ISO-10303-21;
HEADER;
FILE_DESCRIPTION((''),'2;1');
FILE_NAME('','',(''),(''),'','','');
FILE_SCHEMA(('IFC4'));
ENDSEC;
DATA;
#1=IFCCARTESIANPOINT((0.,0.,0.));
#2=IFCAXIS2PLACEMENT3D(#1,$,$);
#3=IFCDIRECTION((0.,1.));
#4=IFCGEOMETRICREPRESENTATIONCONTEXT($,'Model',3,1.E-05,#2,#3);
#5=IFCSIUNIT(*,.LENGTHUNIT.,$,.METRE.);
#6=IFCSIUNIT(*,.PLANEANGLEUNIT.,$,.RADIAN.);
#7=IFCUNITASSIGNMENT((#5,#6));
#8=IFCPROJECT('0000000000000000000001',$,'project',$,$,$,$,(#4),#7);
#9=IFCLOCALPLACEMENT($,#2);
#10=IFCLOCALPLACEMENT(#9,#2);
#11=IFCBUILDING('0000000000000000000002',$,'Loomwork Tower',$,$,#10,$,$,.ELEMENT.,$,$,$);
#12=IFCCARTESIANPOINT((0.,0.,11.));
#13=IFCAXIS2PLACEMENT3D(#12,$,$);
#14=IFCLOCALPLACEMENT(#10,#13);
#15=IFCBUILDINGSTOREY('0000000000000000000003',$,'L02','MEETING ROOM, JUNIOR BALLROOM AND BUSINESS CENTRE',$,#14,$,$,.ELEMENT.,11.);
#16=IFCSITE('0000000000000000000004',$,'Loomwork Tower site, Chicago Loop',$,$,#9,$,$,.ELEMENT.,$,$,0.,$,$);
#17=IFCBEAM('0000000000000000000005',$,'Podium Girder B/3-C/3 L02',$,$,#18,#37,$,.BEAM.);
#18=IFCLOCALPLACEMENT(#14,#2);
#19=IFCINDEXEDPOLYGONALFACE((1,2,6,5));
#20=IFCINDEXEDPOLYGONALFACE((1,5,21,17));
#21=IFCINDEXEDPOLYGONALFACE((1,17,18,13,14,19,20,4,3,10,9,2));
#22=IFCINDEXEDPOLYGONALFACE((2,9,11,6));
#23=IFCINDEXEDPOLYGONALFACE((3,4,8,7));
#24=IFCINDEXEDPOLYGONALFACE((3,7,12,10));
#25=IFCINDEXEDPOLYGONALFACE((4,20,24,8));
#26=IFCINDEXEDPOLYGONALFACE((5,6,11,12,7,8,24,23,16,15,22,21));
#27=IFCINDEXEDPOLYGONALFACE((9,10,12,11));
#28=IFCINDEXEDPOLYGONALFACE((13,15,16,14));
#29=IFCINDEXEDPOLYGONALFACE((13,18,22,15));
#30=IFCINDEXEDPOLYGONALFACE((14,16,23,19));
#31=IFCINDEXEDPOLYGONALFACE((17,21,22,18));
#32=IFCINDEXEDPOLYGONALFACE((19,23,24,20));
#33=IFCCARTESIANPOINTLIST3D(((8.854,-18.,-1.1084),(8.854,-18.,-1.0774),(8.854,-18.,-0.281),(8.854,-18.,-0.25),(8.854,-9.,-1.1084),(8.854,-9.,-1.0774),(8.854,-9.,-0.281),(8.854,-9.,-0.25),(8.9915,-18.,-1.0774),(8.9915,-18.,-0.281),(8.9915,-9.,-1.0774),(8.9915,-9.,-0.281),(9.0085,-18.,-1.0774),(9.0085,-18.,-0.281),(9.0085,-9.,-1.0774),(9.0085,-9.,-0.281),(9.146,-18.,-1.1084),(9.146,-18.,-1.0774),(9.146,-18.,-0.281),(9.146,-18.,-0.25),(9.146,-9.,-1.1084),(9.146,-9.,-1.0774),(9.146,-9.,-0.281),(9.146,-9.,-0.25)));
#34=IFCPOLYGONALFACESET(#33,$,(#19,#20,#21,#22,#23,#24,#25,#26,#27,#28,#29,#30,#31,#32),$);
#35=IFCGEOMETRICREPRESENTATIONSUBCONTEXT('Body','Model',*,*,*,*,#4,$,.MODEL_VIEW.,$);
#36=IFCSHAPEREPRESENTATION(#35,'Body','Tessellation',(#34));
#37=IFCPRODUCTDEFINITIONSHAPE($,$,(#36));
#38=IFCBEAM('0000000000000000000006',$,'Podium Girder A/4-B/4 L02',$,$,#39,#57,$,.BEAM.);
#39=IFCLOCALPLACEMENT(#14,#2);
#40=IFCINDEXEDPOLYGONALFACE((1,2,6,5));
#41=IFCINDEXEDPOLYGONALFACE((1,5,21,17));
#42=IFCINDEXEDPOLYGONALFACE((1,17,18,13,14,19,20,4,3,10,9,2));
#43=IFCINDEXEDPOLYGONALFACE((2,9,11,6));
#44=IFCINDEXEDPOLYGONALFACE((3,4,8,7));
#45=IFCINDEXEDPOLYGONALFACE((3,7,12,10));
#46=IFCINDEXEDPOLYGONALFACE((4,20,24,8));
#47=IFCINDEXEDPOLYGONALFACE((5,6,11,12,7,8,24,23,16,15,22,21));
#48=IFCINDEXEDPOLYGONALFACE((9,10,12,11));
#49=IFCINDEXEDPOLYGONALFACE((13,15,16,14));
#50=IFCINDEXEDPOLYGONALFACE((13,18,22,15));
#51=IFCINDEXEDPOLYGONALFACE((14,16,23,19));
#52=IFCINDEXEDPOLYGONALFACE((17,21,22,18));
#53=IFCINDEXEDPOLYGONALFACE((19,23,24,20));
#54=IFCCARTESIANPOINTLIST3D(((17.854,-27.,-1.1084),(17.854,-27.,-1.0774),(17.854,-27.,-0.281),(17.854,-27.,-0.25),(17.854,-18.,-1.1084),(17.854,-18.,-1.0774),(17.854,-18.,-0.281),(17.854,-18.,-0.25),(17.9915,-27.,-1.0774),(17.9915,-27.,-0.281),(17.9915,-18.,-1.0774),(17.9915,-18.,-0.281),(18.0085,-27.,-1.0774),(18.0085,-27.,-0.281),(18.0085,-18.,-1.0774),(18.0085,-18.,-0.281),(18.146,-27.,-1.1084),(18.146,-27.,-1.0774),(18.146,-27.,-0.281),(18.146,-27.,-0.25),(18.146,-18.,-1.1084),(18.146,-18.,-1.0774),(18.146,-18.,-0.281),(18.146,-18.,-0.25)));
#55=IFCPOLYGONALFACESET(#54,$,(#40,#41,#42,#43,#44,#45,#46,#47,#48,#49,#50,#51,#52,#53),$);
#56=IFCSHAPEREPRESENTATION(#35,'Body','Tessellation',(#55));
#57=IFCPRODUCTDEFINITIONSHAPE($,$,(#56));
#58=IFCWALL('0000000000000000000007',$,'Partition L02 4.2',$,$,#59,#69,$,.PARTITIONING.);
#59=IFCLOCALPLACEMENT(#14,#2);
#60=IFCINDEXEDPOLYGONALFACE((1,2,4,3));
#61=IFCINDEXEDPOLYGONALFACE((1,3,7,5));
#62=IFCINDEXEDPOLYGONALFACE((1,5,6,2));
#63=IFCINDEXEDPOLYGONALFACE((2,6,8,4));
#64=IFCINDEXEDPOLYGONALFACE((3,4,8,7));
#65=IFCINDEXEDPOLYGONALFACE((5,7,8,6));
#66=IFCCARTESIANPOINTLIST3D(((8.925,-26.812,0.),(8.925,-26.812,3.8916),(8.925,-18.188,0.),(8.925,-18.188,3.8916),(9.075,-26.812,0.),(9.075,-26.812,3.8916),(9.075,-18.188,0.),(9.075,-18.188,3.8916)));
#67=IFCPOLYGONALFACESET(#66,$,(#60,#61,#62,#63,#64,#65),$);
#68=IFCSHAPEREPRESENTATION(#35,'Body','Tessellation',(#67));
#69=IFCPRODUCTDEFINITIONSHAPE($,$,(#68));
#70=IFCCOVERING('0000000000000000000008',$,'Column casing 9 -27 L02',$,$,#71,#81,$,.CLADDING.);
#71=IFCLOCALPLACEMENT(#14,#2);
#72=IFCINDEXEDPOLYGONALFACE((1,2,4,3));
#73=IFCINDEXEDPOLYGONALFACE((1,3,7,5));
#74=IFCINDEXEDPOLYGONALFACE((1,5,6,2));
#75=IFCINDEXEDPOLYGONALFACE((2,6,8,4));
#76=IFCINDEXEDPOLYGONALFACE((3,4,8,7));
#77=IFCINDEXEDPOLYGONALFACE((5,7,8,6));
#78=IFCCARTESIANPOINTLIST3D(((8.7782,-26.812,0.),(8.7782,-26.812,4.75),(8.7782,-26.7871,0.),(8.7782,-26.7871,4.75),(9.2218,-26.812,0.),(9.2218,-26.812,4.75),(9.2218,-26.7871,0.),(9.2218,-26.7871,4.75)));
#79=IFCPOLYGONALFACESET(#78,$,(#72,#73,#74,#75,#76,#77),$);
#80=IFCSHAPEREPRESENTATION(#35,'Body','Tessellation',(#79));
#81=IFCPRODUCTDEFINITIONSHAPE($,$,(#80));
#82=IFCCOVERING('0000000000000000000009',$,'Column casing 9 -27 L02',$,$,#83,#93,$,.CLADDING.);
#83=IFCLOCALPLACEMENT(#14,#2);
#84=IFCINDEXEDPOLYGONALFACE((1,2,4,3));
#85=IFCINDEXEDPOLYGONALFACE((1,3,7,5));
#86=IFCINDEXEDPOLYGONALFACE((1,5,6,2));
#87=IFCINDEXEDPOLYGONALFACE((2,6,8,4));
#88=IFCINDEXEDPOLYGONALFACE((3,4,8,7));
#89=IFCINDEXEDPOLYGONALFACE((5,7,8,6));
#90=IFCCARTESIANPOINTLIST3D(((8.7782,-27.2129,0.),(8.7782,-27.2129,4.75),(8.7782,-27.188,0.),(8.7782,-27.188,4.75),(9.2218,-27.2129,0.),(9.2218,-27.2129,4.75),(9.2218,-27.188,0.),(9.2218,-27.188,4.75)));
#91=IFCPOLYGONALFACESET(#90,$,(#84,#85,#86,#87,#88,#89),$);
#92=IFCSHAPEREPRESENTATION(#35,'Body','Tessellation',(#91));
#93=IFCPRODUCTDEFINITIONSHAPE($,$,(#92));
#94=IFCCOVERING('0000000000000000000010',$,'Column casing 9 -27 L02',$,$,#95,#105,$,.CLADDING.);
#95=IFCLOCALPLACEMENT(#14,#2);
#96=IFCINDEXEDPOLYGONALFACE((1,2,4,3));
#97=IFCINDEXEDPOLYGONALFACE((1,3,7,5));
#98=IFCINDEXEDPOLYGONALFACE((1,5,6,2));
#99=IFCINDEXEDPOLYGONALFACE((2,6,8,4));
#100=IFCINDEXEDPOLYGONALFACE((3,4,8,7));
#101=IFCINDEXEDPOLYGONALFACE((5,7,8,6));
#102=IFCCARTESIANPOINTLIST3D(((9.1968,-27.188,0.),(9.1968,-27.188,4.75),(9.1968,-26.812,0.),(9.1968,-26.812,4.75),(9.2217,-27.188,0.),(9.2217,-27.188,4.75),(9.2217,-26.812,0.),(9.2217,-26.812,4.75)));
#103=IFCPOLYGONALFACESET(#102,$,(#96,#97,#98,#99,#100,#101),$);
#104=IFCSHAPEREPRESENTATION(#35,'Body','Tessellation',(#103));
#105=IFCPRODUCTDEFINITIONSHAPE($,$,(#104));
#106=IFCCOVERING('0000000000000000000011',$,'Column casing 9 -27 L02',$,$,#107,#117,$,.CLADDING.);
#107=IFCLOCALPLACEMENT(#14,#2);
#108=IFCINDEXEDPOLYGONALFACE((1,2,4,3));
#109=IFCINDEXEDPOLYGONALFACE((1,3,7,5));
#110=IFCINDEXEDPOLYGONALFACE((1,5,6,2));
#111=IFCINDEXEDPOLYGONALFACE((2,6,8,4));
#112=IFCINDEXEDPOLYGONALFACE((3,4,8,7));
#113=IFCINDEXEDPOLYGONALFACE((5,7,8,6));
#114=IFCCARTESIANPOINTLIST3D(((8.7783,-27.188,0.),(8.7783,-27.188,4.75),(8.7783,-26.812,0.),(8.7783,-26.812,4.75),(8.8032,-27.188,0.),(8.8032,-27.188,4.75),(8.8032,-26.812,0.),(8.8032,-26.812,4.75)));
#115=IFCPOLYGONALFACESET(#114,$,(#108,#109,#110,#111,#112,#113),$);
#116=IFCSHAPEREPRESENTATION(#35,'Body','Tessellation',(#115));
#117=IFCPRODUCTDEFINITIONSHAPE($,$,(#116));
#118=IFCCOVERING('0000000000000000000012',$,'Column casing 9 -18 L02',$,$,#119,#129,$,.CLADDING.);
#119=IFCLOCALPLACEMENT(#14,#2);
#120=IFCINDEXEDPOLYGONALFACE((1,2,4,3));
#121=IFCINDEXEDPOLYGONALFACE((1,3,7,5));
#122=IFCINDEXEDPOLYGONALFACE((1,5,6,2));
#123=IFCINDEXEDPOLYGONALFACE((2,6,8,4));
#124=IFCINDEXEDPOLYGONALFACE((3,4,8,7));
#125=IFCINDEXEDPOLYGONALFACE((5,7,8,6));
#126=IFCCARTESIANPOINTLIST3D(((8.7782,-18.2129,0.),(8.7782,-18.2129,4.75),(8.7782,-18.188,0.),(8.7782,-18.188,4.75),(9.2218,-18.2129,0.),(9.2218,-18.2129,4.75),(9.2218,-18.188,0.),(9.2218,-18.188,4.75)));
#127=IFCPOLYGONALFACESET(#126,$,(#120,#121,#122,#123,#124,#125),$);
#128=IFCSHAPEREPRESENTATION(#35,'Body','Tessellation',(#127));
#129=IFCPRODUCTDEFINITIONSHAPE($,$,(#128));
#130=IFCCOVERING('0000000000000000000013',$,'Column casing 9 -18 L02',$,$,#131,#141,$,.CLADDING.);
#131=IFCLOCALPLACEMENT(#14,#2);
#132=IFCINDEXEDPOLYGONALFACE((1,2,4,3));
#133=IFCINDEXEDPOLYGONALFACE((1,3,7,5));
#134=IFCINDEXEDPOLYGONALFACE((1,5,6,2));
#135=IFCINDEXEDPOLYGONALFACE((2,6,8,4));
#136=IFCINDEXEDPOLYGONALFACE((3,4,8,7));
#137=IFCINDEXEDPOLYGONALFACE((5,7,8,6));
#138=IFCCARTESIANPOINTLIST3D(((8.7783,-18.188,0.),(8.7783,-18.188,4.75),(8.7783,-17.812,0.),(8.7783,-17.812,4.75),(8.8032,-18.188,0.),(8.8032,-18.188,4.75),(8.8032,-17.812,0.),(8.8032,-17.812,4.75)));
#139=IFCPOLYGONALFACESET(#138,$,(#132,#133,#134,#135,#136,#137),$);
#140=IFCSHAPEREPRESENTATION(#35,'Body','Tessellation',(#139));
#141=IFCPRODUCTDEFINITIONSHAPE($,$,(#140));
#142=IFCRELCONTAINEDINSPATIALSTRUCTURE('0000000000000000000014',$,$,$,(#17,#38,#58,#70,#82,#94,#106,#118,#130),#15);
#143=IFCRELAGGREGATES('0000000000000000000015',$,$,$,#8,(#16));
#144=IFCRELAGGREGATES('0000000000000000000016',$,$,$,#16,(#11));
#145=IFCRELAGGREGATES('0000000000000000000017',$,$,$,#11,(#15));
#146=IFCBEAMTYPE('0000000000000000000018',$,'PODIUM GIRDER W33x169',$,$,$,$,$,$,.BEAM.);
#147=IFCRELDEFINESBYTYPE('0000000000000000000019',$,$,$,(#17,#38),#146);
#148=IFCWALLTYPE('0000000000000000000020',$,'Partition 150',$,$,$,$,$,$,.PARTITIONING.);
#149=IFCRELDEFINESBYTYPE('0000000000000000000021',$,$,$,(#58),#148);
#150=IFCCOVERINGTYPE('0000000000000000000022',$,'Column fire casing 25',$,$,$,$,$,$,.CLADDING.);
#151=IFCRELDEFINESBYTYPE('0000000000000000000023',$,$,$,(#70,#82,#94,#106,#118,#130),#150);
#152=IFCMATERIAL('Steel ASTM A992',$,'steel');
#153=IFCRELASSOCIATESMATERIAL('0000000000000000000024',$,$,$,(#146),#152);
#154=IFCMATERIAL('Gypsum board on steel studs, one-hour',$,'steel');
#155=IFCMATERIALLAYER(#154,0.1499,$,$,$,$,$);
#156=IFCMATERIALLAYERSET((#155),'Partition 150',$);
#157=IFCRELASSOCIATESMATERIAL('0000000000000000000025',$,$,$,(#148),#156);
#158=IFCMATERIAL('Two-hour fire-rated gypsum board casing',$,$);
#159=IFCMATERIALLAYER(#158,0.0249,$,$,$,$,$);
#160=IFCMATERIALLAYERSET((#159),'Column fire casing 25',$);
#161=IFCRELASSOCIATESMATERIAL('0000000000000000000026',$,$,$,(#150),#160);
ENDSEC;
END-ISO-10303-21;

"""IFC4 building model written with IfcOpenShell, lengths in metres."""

from ifc_helpers import new_model, si_unit, direction, frame, frame_2d, origin, origin_2d, place, context, subcontext, project, spatial, rectangle, i_section, extrude, material, layer, layer_set, material_profile, profile_set, type_object, element, save


model = new_model("IFC4")

# Units and contexts
model_context = context("Model", 3, precision=1e-05, world=origin(), true_north=direction((0.0, 1.0)))
body_context = subcontext(model_context, "Body", "Model", "MODEL_VIEW")
ifc_project = project(units=[si_unit("LENGTHUNIT", "METRE"), si_unit("PLANEANGLEUNIT", "RADIAN")], contexts=[model_context])

# Site, building, storey
site_placement = place(None, origin())
site = spatial("IfcSite", under=ifc_project, at=site_placement, Name="Loomwork Tower site, Chicago Loop", CompositionType="ELEMENT", RefElevation=0.0)
building_placement = place(site_placement, origin())
building = spatial("IfcBuilding", under=site, at=building_placement, Name="Loomwork Tower", CompositionType="ELEMENT")
storey_placement = place(building_placement, frame((0.0, 0.0, 11.0)))
storey = spatial("IfcBuildingStorey", under=building, at=storey_placement, Name="L02", Description="MEETING ROOM, JUNIOR BALLROOM AND BUSINESS CENTRE", CompositionType="ELEMENT", Elevation=11.0)

# Beams
ifc_material_1 = material(Name="Steel ASTM A992", Category="steel")
ifc_material_profile_1 = material_profile(ifc_material_1, i_section(OverallWidth=0.292, OverallDepth=0.8584, WebThickness=0.0171, FlangeThickness=0.031, at=origin_2d()), Name="W33x169")
ifc_profile_set_1 = profile_set([ifc_material_profile_1], Name="Steel ASTM A992")
beam_type_1 = type_object("IfcBeamType", Name="PODIUM GIRDER W33x169", PredefinedType="BEAM", material=ifc_profile_set_1)
for number, where, z_axis, x_axis, name in (
    (1, (9.0, -18.0, -0.6792), (0.0, 1.0, 0.0), (-1.0, 0.0, 0.0), "Podium Girder B/3-C/3 L02"),
    (2, (18.0, -27.0, -0.6792), (0.0, 1.0, 0.0), (-1.0, 0.0, 0.0), "Podium Girder A/4-B/4 L02"),
):
    element("IfcBeam", number, at=place(storey_placement, frame(where, z_axis=z_axis, x_axis=x_axis)), inside=storey, type_object=beam_type_1, Name=name, PredefinedType="BEAM", context=body_context, shape_type="SweptSolid", body=[
        extrude(i_section(OverallWidth=0.292, OverallDepth=0.8584, WebThickness=0.0171, FlangeThickness=0.031, at=origin_2d()), origin(), (0.0, 0.0, 1.0), 9.0),
    ])

# Wall
ifc_material_2 = material(Name="Gypsum board on steel studs, one-hour", Category="steel")
ifc_layer_1 = layer(ifc_material_2, 0.1499)
ifc_layer_set_1 = layer_set([ifc_layer_1], Name="Partition 150")
wall_type = type_object("IfcWallType", Name="Partition 150", PredefinedType="PARTITIONING", material=ifc_layer_set_1)
wall_placement = place(storey_placement, frame((9.0, -18.188, 0.0), z_axis=(0.0, 0.0, 1.0), x_axis=(0.0, -1.0, 0.0)))
element("IfcWall", 3, at=wall_placement, inside=storey, type_object=wall_type, Name="Partition L02 4.2", PredefinedType="PARTITIONING", context=body_context, shape_type="SweptSolid", body=[
    extrude(rectangle(XDim=8.624, YDim=0.1499, at=frame_2d((4.312, 0.0))), origin(), (0.0, 0.0, 1.0), 3.8916),
])

# Coverings
ifc_material_3 = material(Name="Two-hour fire-rated gypsum board casing")
ifc_layer_2 = layer(ifc_material_3, 0.0249)
ifc_layer_set_2 = layer_set([ifc_layer_2], Name="Column fire casing 25")
covering_type = type_object("IfcCoveringType", Name="Column fire casing 25", PredefinedType="CLADDING", material=ifc_layer_set_2)
for number, where, z_axis, x_axis, name in (
    (4, (9.0, -26.7996, 0.0), (0.0, 0.0, 1.0), (1.0, 0.0, 0.0), "Column casing 9 -27 L02"),
    (5, (9.0, -27.2004, 0.0), (0.0, 0.0, 1.0), (1.0, 0.0, 0.0), "Column casing 9 -27 L02"),
):
    element("IfcCovering", number, at=place(storey_placement, frame(where, z_axis=z_axis, x_axis=x_axis)), inside=storey, type_object=covering_type, Name=name, PredefinedType="CLADDING", context=body_context, shape_type="SweptSolid", body=[
        extrude(rectangle(XDim=0.4436, YDim=0.0249, at=origin_2d()), origin(), (0.0, 0.0, 1.0), 4.75),
    ])
for number, where, z_axis, x_axis, name in (
    (6, (9.2092, -27.0, 0.0), (0.0, 0.0, 1.0), (1.0, 0.0, 0.0), "Column casing 9 -27 L02"),
    (7, (8.7908, -27.0, 0.0), (0.0, 0.0, 1.0), (1.0, 0.0, 0.0), "Column casing 9 -27 L02"),
):
    element("IfcCovering", number, at=place(storey_placement, frame(where, z_axis=z_axis, x_axis=x_axis)), inside=storey, type_object=covering_type, Name=name, PredefinedType="CLADDING", context=body_context, shape_type="SweptSolid", body=[
        extrude(rectangle(XDim=0.0249, YDim=0.376, at=origin_2d()), origin(), (0.0, 0.0, 1.0), 4.75),
    ])
covering_1_placement = place(storey_placement, frame((9.0, -18.2004, 0.0), z_axis=(0.0, 0.0, 1.0), x_axis=(1.0, 0.0, 0.0)))
element("IfcCovering", 8, at=covering_1_placement, inside=storey, type_object=covering_type, Name="Column casing 9 -18 L02", PredefinedType="CLADDING", context=body_context, shape_type="SweptSolid", body=[
    extrude(rectangle(XDim=0.4436, YDim=0.0249, at=origin_2d()), origin(), (0.0, 0.0, 1.0), 4.75),
])
covering_2_placement = place(storey_placement, frame((8.7908, -18.0, 0.0), z_axis=(0.0, 0.0, 1.0), x_axis=(1.0, 0.0, 0.0)))
element("IfcCovering", 9, at=covering_2_placement, inside=storey, type_object=covering_type, Name="Column casing 9 -18 L02", PredefinedType="CLADDING", context=body_context, shape_type="SweptSolid", body=[
    extrude(rectangle(XDim=0.0249, YDim=0.376, at=origin_2d()), origin(), (0.0, 0.0, 1.0), 4.75),
])

save(model, "model.ifc")
